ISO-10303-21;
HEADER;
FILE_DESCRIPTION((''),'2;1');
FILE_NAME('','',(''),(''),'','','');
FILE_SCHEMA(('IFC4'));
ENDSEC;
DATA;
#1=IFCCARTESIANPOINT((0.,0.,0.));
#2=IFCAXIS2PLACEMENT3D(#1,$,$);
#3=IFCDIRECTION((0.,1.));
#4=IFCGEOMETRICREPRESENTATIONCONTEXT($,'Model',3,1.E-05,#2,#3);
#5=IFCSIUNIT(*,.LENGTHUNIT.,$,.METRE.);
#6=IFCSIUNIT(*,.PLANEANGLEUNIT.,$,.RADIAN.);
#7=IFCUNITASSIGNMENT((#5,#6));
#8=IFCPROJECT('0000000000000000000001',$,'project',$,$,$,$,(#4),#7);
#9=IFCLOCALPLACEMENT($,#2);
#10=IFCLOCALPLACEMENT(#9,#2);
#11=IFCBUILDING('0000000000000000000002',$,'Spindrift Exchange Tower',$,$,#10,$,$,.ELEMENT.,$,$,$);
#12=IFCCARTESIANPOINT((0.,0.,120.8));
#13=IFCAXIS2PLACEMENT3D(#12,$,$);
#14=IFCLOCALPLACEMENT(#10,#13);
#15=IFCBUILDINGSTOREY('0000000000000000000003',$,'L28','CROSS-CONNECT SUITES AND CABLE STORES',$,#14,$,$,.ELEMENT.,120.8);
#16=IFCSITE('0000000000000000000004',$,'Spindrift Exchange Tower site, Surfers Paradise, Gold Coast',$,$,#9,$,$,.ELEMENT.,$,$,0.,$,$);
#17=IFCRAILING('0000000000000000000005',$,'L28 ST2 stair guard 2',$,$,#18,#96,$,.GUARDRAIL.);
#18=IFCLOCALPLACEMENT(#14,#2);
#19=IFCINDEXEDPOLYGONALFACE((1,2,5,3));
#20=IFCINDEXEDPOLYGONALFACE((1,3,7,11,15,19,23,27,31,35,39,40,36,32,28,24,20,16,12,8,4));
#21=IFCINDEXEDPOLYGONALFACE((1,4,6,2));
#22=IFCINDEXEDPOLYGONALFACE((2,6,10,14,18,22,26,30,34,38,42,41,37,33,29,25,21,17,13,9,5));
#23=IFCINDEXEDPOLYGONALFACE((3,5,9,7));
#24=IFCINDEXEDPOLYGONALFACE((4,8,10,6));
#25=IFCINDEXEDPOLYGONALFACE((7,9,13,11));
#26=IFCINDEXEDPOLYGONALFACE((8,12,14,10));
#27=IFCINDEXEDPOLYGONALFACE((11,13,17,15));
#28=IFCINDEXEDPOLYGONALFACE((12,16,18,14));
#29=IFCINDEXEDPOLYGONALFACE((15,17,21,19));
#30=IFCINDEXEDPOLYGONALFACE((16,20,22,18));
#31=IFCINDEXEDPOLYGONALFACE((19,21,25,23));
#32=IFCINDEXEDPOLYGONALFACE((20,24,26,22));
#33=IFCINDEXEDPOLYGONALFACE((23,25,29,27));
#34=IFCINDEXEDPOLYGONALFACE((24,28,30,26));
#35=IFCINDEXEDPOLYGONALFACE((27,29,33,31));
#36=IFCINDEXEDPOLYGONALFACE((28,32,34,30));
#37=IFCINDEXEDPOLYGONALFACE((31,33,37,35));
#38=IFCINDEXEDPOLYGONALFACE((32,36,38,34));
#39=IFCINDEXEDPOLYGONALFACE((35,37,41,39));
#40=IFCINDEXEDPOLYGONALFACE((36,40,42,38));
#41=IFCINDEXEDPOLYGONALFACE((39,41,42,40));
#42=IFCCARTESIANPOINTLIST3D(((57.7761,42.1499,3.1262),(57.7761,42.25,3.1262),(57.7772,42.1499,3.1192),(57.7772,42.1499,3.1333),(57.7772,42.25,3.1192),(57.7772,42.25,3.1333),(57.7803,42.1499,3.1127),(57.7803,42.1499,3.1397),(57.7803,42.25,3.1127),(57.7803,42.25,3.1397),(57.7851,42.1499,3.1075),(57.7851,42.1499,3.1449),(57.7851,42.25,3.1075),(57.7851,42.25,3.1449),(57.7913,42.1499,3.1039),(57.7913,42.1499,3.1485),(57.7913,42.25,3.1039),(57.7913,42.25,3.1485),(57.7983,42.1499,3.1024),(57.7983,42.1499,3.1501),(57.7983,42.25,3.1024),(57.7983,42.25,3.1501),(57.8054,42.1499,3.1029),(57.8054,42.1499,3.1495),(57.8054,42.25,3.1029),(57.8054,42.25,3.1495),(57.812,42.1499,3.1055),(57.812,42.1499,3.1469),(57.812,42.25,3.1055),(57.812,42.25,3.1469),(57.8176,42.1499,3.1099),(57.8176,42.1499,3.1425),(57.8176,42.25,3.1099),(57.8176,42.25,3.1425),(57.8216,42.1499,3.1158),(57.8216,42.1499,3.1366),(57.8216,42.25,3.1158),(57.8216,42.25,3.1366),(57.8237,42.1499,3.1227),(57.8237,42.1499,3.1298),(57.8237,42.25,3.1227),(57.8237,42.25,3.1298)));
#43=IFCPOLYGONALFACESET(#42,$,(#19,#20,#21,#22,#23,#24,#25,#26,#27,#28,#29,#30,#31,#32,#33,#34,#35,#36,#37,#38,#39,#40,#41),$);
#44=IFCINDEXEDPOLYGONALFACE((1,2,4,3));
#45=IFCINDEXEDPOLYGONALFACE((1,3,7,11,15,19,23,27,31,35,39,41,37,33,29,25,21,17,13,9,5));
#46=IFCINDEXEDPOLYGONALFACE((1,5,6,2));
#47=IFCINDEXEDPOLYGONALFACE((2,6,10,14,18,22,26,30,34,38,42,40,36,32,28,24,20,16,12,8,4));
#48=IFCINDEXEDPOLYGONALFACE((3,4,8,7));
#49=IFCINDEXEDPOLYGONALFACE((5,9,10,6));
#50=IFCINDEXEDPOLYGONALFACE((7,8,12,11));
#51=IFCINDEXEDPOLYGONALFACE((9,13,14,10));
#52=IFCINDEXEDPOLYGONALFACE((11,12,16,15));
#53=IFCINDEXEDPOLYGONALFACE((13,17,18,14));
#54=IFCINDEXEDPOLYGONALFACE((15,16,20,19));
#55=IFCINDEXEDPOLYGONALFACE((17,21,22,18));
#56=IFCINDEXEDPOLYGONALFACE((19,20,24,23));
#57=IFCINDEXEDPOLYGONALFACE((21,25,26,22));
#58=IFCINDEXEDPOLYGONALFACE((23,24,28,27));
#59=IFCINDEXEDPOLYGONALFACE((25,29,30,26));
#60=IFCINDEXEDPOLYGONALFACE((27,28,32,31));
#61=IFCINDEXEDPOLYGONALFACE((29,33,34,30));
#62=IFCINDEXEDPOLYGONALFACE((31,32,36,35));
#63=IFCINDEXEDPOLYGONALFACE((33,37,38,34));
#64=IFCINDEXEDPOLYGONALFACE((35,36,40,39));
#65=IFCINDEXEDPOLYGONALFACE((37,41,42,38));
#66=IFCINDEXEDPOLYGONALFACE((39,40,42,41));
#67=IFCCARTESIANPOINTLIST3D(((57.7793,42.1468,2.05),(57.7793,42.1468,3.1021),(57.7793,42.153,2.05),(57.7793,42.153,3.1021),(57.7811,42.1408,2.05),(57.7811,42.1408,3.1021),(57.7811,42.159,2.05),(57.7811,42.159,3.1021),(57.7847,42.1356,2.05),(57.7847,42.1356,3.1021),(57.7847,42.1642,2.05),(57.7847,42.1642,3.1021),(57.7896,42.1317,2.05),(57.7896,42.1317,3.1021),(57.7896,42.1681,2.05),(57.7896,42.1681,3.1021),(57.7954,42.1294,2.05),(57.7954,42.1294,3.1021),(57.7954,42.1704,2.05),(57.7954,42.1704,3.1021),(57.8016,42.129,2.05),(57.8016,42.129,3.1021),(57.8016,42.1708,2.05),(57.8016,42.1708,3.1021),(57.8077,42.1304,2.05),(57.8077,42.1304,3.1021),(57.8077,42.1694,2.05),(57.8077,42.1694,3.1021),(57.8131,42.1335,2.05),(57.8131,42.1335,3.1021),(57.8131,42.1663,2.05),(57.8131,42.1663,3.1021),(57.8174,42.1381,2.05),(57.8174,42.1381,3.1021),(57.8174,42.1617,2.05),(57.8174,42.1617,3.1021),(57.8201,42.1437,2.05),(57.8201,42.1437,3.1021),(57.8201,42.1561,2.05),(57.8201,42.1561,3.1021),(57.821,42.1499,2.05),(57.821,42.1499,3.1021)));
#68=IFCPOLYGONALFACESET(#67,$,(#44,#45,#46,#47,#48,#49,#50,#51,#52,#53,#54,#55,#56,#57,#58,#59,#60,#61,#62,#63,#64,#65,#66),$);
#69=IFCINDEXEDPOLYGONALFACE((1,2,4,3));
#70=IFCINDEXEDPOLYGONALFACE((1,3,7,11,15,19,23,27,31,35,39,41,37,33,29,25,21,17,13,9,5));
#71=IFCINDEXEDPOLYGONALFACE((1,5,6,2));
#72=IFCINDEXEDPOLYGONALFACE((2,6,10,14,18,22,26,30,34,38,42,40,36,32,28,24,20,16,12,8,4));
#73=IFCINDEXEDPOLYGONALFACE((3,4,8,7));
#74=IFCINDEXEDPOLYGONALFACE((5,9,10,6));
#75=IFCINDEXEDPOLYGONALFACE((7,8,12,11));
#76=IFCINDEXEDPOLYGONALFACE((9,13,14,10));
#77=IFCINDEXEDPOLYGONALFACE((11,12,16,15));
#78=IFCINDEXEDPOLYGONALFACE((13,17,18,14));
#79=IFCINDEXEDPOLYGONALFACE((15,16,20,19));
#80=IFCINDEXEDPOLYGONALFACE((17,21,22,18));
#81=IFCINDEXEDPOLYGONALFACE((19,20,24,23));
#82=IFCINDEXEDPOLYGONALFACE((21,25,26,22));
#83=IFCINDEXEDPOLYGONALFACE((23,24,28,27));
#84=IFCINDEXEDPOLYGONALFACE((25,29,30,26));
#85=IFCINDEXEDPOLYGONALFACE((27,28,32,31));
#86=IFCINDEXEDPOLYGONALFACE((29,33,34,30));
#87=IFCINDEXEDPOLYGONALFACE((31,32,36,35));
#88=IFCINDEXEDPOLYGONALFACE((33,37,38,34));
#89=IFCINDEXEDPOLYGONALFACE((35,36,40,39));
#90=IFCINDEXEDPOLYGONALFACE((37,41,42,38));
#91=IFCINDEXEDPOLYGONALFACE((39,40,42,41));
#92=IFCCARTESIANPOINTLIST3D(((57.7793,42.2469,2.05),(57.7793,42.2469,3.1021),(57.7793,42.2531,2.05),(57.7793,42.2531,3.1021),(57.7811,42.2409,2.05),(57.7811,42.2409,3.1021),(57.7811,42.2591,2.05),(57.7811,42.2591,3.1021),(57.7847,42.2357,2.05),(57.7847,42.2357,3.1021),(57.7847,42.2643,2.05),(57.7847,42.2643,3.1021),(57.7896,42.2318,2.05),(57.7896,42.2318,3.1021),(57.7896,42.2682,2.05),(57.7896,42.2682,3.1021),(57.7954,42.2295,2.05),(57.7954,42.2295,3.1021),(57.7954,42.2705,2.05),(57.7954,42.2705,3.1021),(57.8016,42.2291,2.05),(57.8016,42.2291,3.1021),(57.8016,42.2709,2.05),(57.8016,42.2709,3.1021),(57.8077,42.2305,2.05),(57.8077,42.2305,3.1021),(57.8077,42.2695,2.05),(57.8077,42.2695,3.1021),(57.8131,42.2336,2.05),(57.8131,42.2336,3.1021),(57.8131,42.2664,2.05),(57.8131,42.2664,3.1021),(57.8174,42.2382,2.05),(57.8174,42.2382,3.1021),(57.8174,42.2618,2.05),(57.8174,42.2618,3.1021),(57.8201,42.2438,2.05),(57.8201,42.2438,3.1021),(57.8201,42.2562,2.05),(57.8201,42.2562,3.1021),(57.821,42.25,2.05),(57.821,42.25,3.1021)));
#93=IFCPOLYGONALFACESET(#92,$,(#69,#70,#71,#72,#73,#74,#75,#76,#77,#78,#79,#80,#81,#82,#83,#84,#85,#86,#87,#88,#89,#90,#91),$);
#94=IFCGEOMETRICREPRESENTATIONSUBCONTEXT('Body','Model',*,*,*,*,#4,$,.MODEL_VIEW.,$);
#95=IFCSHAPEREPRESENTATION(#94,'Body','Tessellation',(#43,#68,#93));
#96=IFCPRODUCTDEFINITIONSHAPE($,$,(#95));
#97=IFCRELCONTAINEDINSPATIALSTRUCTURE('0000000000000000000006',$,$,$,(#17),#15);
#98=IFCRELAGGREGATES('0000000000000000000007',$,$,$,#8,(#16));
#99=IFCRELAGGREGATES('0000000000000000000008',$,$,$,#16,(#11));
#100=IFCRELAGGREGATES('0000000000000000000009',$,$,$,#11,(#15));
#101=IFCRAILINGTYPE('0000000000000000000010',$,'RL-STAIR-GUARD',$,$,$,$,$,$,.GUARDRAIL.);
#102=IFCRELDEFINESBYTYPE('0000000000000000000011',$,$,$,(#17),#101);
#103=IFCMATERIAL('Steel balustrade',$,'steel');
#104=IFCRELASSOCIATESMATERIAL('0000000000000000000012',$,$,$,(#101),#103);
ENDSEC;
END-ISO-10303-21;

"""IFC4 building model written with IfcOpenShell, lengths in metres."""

from ifc_helpers import new_model, si_unit, direction, frame, origin, origin_2d, place, context, subcontext, project, spatial, circle, extrude, material, type_object, element, save


model = new_model("IFC4")

# Units and contexts
model_context = context("Model", 3, precision=1e-05, world=origin(), true_north=direction((0.0, 1.0)))
body_context = subcontext(model_context, "Body", "Model", "MODEL_VIEW")
ifc_project = project(units=[si_unit("LENGTHUNIT", "METRE"), si_unit("PLANEANGLEUNIT", "RADIAN")], contexts=[model_context])

# Site, building, storey
site_placement = place(None, origin())
site = spatial("IfcSite", under=ifc_project, at=site_placement, Name="Spindrift Exchange Tower site, Surfers Paradise, Gold Coast", CompositionType="ELEMENT", RefElevation=0.0)
building_placement = place(site_placement, origin())
building = spatial("IfcBuilding", under=site, at=building_placement, Name="Spindrift Exchange Tower", CompositionType="ELEMENT")
storey_placement = place(building_placement, frame((0.0, 0.0, 120.8)))
storey = spatial("IfcBuildingStorey", under=building, at=storey_placement, Name="L28", Description="CROSS-CONNECT SUITES AND CABLE STORES", CompositionType="ELEMENT", Elevation=120.8)

# Railing
ifc_material_1 = material(Name="Steel balustrade", Category="steel")
railing_type_1 = type_object("IfcRailingType", Name="RL-STAIR-GUARD", PredefinedType="GUARDRAIL", material=ifc_material_1)
railing_1_placement = place(storey_placement, frame((57.8, 42.1499, 2.05)))
element("IfcRailing", 1, at=railing_1_placement, inside=storey, type_object=railing_type_1, Name="L28 ST2 stair guard 2", PredefinedType="GUARDRAIL", context=body_context, shape_type="SweptSolid", body=[
    extrude(circle(Radius=0.0239, at=origin_2d()), frame((0.0, 0.0, 1.0762), z_axis=(0.0, 1.0, 0.0), x_axis=(-1.0, 0.0, 0.0)), (0.0, 0.0, 1.0), 0.1001),
    extrude(circle(Radius=0.021, at=origin_2d()), origin(), (0.0, 0.0, 1.0), 1.052),
    extrude(circle(Radius=0.021, at=origin_2d()), frame((0.0, 0.1001, 0.0)), (0.0, 0.0, 1.0), 1.052),
])

save(model, "model.ifc")
